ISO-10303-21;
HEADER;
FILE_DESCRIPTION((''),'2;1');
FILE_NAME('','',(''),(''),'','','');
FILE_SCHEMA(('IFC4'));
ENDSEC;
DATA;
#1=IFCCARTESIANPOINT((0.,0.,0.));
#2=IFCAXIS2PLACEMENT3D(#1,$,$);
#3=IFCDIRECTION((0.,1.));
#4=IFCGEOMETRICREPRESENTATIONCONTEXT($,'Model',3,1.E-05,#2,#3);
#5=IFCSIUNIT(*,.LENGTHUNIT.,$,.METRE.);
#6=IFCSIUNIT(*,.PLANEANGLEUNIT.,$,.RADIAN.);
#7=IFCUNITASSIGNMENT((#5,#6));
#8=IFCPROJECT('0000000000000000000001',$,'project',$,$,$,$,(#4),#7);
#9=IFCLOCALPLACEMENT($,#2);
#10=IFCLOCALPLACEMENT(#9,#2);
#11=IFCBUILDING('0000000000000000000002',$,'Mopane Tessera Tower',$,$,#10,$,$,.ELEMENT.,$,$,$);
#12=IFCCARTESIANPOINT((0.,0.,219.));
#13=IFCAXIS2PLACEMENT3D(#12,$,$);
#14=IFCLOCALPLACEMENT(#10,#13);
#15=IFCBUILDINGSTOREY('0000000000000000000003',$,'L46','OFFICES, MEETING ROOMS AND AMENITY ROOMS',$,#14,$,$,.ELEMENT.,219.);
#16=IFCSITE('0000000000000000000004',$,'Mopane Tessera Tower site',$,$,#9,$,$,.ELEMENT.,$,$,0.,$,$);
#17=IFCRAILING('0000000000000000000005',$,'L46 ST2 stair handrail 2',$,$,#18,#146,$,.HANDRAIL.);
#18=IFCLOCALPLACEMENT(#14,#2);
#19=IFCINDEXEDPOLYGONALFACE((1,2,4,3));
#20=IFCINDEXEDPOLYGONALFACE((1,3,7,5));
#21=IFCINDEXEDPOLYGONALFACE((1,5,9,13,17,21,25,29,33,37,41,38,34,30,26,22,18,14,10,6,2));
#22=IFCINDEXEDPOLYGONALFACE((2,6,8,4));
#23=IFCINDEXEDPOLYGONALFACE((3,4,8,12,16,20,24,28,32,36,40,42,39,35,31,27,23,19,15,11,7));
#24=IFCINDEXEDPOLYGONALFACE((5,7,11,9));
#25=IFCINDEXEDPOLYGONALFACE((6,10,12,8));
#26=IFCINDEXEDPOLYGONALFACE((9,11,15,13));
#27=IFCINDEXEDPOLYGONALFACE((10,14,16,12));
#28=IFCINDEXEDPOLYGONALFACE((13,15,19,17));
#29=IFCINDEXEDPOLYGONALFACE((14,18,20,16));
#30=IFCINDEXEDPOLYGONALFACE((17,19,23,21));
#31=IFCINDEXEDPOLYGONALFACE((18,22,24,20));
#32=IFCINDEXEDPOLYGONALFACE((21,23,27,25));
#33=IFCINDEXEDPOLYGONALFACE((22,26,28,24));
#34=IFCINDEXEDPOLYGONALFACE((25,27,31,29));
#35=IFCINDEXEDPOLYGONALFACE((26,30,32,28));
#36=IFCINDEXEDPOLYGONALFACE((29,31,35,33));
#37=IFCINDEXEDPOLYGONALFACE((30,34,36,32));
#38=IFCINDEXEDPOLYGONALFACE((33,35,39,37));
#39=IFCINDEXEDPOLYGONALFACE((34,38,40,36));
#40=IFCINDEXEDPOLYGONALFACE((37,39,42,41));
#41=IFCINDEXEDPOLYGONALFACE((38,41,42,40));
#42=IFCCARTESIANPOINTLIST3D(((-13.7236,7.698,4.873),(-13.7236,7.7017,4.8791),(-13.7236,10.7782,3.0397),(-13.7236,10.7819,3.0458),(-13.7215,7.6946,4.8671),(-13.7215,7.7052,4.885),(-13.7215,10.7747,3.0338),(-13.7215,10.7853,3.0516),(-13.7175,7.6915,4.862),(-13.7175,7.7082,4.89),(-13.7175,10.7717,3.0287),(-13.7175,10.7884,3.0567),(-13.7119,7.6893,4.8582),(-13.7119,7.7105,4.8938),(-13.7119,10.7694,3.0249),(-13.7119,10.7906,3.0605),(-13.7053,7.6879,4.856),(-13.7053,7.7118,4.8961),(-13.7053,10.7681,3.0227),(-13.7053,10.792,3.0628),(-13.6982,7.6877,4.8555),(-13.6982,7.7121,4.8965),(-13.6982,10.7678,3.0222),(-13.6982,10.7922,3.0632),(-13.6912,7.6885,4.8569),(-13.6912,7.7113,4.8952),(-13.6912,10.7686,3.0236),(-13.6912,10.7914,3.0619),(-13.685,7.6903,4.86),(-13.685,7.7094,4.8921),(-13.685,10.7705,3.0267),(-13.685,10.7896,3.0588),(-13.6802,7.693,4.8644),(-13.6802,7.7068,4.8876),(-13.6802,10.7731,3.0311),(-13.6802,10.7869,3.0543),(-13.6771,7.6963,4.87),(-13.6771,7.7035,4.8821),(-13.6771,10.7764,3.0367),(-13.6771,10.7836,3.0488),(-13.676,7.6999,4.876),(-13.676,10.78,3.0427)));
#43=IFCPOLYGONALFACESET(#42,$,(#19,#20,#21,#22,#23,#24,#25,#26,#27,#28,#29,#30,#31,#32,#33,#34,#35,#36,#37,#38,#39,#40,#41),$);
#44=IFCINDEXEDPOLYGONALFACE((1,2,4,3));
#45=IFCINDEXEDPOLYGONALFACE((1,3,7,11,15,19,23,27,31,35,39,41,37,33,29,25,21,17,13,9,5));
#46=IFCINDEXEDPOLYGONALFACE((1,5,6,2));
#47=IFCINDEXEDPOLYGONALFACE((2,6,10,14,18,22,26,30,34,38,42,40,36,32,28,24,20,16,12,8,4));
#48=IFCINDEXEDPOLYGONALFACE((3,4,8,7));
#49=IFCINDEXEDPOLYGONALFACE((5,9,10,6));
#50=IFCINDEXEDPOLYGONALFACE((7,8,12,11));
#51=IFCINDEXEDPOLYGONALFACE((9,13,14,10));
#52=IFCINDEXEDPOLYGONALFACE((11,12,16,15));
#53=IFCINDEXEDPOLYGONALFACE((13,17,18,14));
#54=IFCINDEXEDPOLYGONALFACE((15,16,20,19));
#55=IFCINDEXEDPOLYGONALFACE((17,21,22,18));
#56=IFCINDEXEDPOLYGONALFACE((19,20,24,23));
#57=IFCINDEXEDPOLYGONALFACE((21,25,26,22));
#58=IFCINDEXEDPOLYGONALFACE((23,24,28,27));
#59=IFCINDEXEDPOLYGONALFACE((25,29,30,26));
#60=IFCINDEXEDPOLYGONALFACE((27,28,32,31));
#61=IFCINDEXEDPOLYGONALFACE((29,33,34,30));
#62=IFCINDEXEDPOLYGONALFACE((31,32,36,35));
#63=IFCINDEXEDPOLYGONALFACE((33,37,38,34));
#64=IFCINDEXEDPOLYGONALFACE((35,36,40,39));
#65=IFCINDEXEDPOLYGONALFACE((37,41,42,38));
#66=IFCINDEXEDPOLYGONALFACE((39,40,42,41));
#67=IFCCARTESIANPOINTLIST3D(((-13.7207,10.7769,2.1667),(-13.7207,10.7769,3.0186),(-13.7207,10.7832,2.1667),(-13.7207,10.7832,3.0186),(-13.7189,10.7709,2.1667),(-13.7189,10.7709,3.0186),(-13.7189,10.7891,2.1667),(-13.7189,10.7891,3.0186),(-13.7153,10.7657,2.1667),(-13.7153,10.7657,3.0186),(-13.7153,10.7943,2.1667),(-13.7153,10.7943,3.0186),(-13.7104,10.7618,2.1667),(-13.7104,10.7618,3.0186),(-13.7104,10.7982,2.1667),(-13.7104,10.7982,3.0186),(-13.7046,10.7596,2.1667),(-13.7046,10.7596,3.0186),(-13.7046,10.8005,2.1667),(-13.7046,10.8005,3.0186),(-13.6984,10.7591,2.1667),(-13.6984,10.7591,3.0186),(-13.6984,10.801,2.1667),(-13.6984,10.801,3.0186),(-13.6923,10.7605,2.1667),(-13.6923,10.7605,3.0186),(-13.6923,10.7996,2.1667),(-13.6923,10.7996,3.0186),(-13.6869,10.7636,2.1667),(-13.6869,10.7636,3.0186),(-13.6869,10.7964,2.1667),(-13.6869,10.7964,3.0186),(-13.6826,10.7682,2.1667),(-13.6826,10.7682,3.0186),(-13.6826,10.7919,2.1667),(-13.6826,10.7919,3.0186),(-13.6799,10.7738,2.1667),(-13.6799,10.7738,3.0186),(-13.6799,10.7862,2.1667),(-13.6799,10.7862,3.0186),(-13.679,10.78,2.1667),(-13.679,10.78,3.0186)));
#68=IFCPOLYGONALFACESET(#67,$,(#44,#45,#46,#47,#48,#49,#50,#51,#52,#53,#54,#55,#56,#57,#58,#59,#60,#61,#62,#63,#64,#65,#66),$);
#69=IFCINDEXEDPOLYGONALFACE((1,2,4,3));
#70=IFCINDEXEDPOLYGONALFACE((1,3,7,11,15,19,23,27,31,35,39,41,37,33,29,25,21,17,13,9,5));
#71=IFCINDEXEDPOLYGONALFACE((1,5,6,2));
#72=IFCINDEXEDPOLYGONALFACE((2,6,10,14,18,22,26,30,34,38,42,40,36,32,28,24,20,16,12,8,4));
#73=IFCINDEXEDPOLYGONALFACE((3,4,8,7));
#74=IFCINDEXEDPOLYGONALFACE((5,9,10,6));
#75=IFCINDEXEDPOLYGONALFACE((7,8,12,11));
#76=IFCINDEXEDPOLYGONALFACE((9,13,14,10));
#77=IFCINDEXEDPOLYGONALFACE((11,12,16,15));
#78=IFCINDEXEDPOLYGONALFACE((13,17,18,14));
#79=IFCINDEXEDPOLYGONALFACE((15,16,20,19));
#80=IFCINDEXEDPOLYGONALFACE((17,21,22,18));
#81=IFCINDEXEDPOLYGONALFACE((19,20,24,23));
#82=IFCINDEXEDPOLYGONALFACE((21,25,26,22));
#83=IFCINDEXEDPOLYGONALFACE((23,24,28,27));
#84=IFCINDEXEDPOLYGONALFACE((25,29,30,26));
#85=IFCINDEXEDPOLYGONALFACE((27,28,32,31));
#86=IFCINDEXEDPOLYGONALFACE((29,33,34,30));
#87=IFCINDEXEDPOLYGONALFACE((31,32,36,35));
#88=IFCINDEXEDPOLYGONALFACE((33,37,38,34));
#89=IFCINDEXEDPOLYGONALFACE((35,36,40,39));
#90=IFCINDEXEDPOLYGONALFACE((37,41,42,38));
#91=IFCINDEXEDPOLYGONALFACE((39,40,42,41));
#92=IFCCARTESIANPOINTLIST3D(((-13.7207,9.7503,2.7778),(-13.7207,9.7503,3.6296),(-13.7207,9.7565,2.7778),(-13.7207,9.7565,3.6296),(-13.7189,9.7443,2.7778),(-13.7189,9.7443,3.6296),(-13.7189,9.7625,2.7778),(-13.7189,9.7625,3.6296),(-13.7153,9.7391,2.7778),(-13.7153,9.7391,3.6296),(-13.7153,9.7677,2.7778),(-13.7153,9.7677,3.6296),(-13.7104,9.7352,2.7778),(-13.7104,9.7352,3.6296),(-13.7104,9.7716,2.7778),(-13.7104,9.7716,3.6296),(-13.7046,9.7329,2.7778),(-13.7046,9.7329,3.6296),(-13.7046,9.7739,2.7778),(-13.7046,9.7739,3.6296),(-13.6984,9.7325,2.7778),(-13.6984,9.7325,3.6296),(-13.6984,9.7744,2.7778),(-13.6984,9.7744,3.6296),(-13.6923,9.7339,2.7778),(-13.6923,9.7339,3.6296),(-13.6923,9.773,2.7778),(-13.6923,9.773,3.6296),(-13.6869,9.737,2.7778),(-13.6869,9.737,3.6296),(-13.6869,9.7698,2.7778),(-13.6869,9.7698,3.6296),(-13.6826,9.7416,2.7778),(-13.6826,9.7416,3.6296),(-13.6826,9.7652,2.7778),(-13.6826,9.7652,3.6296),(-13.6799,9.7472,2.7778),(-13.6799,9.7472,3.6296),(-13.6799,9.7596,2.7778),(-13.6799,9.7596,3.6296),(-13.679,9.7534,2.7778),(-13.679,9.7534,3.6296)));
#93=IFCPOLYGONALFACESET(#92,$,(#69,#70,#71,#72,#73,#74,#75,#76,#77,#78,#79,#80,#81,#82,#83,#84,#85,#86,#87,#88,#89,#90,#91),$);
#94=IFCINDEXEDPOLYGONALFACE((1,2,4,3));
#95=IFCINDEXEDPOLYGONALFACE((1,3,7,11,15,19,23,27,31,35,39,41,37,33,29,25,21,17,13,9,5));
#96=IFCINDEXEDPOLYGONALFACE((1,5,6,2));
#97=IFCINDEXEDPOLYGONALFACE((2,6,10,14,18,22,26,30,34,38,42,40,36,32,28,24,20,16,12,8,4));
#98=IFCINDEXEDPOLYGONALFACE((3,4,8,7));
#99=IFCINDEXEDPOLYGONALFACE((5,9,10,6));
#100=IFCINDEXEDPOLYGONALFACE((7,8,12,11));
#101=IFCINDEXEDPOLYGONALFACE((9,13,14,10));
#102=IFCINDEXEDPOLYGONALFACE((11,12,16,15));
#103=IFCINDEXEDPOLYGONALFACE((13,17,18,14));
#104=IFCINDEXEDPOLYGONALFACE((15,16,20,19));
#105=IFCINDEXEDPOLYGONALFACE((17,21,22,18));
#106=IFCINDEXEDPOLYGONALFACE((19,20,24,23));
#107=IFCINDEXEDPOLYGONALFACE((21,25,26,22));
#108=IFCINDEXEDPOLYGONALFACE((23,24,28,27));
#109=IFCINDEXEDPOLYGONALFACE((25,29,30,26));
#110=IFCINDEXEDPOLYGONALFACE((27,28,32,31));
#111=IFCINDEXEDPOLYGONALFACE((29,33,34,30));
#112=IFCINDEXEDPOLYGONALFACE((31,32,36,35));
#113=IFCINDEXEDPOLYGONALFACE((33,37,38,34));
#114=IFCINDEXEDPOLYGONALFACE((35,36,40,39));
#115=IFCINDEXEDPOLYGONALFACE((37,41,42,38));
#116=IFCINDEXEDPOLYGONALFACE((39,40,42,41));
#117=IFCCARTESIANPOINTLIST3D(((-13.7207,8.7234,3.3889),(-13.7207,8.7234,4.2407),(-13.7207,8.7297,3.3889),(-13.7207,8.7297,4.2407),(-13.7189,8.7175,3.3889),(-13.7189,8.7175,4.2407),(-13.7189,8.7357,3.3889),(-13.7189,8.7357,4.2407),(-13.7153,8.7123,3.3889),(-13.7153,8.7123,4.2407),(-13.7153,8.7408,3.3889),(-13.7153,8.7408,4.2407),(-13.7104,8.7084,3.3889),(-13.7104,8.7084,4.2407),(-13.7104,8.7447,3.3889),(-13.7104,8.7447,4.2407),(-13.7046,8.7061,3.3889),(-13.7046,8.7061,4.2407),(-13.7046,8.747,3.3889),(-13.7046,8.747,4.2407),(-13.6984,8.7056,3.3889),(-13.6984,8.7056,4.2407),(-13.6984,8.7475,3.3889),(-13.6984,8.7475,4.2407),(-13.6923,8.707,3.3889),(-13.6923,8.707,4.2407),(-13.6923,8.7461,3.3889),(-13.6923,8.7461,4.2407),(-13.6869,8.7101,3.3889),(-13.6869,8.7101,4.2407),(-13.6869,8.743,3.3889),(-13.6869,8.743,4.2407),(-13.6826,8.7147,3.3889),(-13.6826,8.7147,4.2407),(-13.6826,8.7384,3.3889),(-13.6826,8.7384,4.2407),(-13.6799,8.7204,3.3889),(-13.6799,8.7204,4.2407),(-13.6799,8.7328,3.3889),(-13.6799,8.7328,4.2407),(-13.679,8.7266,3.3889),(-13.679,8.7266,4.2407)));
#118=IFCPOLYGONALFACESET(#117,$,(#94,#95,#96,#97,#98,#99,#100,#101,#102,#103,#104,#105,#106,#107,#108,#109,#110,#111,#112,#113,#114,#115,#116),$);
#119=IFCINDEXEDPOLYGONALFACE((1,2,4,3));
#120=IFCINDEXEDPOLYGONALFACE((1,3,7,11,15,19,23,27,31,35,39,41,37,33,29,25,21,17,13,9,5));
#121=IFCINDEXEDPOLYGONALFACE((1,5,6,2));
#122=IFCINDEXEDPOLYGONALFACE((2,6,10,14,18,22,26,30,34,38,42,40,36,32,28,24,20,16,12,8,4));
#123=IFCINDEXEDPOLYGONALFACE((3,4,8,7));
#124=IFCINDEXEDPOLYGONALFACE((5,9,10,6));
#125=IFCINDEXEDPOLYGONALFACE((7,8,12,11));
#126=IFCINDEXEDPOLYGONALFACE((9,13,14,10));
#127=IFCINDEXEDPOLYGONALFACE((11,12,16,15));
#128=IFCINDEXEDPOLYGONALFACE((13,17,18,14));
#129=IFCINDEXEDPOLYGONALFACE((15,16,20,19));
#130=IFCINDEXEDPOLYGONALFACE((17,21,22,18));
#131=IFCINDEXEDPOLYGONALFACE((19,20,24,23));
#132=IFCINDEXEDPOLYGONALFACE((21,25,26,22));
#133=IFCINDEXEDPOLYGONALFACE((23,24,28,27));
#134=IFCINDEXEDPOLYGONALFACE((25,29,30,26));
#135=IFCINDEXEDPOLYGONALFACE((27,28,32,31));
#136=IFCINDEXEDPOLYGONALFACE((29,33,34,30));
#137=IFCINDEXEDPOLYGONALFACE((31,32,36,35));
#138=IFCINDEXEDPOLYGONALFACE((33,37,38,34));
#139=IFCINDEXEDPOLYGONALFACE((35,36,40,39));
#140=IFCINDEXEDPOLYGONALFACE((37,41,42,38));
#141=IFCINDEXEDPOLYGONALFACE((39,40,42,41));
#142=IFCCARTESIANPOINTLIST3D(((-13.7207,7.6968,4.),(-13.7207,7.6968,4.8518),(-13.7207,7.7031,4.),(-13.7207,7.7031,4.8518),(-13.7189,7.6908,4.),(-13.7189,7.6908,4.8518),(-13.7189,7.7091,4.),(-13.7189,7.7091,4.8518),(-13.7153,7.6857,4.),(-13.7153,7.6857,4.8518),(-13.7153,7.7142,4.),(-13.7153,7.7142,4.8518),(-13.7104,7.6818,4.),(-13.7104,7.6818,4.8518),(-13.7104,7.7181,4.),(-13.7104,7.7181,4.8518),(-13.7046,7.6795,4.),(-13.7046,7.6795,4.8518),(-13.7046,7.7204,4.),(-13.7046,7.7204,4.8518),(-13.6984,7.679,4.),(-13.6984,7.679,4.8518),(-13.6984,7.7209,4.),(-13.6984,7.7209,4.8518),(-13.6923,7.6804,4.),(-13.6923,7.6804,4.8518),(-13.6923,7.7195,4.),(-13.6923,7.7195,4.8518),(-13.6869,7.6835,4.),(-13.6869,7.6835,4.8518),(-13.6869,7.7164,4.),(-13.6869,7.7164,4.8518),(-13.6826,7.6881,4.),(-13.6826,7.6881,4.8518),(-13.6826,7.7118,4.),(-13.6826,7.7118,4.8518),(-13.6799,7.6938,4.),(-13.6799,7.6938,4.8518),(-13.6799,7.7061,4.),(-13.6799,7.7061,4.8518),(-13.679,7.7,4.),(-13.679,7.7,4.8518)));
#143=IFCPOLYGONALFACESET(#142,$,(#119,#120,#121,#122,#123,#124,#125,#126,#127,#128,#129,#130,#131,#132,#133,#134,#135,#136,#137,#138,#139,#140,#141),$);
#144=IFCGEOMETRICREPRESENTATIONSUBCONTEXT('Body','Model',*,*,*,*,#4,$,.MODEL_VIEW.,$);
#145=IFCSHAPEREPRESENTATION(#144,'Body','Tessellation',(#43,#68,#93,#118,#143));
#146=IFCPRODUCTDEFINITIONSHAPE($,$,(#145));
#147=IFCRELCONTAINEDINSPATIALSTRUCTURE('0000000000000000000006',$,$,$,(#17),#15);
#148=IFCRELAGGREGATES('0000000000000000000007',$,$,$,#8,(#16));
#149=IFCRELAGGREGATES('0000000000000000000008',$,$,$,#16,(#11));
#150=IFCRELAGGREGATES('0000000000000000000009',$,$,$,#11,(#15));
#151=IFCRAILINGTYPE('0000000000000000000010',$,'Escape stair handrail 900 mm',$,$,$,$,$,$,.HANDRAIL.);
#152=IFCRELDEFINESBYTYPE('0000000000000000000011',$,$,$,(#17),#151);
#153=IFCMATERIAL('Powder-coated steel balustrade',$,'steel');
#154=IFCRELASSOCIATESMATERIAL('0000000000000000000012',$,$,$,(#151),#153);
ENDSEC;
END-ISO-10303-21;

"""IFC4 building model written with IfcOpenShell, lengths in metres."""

from ifc_helpers import new_model, si_unit, direction, frame, origin, origin_2d, place, context, subcontext, project, spatial, circle, extrude, material, type_object, element, save


model = new_model("IFC4")

# Units and contexts
model_context = context("Model", 3, precision=1e-05, world=origin(), true_north=direction((0.0, 1.0)))
body_context = subcontext(model_context, "Body", "Model", "MODEL_VIEW")
ifc_project = project(units=[si_unit("LENGTHUNIT", "METRE"), si_unit("PLANEANGLEUNIT", "RADIAN")], contexts=[model_context])

# Site, building, storey
site_placement = place(None, origin())
site = spatial("IfcSite", under=ifc_project, at=site_placement, Name="Mopane Tessera Tower site", CompositionType="ELEMENT", RefElevation=0.0)
building_placement = place(site_placement, origin())
building = spatial("IfcBuilding", under=site, at=building_placement, Name="Mopane Tessera Tower", CompositionType="ELEMENT")
storey_placement = place(building_placement, frame((0.0, 0.0, 219.0)))
storey = spatial("IfcBuildingStorey", under=building, at=storey_placement, Name="L46", Description="OFFICES, MEETING ROOMS AND AMENITY ROOMS", CompositionType="ELEMENT", Elevation=219.0)

# Railing
ifc_material_1 = material(Name="Powder-coated steel balustrade", Category="steel")
railing_type = type_object("IfcRailingType", Name="Escape stair handrail 900 mm", PredefinedType="HANDRAIL", material=ifc_material_1)
railing_placement = place(storey_placement, frame((-13.7, 10.78, 2.1667)))
element("IfcRailing", 1, at=railing_placement, inside=storey, type_object=railing_type, Name="L46 ST2 stair handrail 2", PredefinedType="HANDRAIL", context=body_context, shape_type="SweptSolid", body=[
    extrude(circle(Radius=0.0239, at=origin_2d()), frame((0.0, 0.0, 0.876), z_axis=(0.0, -0.859309, 0.511458), x_axis=(1.0, 0.0, 0.0)), (0.0, 0.0, 1.0), 3.5845),
    extrude(circle(Radius=0.021, at=origin_2d()), origin(), (0.0, 0.0, 1.0), 0.8518),
    extrude(circle(Radius=0.021, at=origin_2d()), frame((0.0, -1.0266, 0.6111)), (0.0, 0.0, 1.0), 0.8518),
    extrude(circle(Radius=0.021, at=origin_2d()), frame((0.0, -2.0535, 1.2222)), (0.0, 0.0, 1.0), 0.8518),
    extrude(circle(Radius=0.021, at=origin_2d()), frame((0.0, -3.0801, 1.8333)), (0.0, 0.0, 1.0), 0.8518),
])

save(model, "model.ifc")
